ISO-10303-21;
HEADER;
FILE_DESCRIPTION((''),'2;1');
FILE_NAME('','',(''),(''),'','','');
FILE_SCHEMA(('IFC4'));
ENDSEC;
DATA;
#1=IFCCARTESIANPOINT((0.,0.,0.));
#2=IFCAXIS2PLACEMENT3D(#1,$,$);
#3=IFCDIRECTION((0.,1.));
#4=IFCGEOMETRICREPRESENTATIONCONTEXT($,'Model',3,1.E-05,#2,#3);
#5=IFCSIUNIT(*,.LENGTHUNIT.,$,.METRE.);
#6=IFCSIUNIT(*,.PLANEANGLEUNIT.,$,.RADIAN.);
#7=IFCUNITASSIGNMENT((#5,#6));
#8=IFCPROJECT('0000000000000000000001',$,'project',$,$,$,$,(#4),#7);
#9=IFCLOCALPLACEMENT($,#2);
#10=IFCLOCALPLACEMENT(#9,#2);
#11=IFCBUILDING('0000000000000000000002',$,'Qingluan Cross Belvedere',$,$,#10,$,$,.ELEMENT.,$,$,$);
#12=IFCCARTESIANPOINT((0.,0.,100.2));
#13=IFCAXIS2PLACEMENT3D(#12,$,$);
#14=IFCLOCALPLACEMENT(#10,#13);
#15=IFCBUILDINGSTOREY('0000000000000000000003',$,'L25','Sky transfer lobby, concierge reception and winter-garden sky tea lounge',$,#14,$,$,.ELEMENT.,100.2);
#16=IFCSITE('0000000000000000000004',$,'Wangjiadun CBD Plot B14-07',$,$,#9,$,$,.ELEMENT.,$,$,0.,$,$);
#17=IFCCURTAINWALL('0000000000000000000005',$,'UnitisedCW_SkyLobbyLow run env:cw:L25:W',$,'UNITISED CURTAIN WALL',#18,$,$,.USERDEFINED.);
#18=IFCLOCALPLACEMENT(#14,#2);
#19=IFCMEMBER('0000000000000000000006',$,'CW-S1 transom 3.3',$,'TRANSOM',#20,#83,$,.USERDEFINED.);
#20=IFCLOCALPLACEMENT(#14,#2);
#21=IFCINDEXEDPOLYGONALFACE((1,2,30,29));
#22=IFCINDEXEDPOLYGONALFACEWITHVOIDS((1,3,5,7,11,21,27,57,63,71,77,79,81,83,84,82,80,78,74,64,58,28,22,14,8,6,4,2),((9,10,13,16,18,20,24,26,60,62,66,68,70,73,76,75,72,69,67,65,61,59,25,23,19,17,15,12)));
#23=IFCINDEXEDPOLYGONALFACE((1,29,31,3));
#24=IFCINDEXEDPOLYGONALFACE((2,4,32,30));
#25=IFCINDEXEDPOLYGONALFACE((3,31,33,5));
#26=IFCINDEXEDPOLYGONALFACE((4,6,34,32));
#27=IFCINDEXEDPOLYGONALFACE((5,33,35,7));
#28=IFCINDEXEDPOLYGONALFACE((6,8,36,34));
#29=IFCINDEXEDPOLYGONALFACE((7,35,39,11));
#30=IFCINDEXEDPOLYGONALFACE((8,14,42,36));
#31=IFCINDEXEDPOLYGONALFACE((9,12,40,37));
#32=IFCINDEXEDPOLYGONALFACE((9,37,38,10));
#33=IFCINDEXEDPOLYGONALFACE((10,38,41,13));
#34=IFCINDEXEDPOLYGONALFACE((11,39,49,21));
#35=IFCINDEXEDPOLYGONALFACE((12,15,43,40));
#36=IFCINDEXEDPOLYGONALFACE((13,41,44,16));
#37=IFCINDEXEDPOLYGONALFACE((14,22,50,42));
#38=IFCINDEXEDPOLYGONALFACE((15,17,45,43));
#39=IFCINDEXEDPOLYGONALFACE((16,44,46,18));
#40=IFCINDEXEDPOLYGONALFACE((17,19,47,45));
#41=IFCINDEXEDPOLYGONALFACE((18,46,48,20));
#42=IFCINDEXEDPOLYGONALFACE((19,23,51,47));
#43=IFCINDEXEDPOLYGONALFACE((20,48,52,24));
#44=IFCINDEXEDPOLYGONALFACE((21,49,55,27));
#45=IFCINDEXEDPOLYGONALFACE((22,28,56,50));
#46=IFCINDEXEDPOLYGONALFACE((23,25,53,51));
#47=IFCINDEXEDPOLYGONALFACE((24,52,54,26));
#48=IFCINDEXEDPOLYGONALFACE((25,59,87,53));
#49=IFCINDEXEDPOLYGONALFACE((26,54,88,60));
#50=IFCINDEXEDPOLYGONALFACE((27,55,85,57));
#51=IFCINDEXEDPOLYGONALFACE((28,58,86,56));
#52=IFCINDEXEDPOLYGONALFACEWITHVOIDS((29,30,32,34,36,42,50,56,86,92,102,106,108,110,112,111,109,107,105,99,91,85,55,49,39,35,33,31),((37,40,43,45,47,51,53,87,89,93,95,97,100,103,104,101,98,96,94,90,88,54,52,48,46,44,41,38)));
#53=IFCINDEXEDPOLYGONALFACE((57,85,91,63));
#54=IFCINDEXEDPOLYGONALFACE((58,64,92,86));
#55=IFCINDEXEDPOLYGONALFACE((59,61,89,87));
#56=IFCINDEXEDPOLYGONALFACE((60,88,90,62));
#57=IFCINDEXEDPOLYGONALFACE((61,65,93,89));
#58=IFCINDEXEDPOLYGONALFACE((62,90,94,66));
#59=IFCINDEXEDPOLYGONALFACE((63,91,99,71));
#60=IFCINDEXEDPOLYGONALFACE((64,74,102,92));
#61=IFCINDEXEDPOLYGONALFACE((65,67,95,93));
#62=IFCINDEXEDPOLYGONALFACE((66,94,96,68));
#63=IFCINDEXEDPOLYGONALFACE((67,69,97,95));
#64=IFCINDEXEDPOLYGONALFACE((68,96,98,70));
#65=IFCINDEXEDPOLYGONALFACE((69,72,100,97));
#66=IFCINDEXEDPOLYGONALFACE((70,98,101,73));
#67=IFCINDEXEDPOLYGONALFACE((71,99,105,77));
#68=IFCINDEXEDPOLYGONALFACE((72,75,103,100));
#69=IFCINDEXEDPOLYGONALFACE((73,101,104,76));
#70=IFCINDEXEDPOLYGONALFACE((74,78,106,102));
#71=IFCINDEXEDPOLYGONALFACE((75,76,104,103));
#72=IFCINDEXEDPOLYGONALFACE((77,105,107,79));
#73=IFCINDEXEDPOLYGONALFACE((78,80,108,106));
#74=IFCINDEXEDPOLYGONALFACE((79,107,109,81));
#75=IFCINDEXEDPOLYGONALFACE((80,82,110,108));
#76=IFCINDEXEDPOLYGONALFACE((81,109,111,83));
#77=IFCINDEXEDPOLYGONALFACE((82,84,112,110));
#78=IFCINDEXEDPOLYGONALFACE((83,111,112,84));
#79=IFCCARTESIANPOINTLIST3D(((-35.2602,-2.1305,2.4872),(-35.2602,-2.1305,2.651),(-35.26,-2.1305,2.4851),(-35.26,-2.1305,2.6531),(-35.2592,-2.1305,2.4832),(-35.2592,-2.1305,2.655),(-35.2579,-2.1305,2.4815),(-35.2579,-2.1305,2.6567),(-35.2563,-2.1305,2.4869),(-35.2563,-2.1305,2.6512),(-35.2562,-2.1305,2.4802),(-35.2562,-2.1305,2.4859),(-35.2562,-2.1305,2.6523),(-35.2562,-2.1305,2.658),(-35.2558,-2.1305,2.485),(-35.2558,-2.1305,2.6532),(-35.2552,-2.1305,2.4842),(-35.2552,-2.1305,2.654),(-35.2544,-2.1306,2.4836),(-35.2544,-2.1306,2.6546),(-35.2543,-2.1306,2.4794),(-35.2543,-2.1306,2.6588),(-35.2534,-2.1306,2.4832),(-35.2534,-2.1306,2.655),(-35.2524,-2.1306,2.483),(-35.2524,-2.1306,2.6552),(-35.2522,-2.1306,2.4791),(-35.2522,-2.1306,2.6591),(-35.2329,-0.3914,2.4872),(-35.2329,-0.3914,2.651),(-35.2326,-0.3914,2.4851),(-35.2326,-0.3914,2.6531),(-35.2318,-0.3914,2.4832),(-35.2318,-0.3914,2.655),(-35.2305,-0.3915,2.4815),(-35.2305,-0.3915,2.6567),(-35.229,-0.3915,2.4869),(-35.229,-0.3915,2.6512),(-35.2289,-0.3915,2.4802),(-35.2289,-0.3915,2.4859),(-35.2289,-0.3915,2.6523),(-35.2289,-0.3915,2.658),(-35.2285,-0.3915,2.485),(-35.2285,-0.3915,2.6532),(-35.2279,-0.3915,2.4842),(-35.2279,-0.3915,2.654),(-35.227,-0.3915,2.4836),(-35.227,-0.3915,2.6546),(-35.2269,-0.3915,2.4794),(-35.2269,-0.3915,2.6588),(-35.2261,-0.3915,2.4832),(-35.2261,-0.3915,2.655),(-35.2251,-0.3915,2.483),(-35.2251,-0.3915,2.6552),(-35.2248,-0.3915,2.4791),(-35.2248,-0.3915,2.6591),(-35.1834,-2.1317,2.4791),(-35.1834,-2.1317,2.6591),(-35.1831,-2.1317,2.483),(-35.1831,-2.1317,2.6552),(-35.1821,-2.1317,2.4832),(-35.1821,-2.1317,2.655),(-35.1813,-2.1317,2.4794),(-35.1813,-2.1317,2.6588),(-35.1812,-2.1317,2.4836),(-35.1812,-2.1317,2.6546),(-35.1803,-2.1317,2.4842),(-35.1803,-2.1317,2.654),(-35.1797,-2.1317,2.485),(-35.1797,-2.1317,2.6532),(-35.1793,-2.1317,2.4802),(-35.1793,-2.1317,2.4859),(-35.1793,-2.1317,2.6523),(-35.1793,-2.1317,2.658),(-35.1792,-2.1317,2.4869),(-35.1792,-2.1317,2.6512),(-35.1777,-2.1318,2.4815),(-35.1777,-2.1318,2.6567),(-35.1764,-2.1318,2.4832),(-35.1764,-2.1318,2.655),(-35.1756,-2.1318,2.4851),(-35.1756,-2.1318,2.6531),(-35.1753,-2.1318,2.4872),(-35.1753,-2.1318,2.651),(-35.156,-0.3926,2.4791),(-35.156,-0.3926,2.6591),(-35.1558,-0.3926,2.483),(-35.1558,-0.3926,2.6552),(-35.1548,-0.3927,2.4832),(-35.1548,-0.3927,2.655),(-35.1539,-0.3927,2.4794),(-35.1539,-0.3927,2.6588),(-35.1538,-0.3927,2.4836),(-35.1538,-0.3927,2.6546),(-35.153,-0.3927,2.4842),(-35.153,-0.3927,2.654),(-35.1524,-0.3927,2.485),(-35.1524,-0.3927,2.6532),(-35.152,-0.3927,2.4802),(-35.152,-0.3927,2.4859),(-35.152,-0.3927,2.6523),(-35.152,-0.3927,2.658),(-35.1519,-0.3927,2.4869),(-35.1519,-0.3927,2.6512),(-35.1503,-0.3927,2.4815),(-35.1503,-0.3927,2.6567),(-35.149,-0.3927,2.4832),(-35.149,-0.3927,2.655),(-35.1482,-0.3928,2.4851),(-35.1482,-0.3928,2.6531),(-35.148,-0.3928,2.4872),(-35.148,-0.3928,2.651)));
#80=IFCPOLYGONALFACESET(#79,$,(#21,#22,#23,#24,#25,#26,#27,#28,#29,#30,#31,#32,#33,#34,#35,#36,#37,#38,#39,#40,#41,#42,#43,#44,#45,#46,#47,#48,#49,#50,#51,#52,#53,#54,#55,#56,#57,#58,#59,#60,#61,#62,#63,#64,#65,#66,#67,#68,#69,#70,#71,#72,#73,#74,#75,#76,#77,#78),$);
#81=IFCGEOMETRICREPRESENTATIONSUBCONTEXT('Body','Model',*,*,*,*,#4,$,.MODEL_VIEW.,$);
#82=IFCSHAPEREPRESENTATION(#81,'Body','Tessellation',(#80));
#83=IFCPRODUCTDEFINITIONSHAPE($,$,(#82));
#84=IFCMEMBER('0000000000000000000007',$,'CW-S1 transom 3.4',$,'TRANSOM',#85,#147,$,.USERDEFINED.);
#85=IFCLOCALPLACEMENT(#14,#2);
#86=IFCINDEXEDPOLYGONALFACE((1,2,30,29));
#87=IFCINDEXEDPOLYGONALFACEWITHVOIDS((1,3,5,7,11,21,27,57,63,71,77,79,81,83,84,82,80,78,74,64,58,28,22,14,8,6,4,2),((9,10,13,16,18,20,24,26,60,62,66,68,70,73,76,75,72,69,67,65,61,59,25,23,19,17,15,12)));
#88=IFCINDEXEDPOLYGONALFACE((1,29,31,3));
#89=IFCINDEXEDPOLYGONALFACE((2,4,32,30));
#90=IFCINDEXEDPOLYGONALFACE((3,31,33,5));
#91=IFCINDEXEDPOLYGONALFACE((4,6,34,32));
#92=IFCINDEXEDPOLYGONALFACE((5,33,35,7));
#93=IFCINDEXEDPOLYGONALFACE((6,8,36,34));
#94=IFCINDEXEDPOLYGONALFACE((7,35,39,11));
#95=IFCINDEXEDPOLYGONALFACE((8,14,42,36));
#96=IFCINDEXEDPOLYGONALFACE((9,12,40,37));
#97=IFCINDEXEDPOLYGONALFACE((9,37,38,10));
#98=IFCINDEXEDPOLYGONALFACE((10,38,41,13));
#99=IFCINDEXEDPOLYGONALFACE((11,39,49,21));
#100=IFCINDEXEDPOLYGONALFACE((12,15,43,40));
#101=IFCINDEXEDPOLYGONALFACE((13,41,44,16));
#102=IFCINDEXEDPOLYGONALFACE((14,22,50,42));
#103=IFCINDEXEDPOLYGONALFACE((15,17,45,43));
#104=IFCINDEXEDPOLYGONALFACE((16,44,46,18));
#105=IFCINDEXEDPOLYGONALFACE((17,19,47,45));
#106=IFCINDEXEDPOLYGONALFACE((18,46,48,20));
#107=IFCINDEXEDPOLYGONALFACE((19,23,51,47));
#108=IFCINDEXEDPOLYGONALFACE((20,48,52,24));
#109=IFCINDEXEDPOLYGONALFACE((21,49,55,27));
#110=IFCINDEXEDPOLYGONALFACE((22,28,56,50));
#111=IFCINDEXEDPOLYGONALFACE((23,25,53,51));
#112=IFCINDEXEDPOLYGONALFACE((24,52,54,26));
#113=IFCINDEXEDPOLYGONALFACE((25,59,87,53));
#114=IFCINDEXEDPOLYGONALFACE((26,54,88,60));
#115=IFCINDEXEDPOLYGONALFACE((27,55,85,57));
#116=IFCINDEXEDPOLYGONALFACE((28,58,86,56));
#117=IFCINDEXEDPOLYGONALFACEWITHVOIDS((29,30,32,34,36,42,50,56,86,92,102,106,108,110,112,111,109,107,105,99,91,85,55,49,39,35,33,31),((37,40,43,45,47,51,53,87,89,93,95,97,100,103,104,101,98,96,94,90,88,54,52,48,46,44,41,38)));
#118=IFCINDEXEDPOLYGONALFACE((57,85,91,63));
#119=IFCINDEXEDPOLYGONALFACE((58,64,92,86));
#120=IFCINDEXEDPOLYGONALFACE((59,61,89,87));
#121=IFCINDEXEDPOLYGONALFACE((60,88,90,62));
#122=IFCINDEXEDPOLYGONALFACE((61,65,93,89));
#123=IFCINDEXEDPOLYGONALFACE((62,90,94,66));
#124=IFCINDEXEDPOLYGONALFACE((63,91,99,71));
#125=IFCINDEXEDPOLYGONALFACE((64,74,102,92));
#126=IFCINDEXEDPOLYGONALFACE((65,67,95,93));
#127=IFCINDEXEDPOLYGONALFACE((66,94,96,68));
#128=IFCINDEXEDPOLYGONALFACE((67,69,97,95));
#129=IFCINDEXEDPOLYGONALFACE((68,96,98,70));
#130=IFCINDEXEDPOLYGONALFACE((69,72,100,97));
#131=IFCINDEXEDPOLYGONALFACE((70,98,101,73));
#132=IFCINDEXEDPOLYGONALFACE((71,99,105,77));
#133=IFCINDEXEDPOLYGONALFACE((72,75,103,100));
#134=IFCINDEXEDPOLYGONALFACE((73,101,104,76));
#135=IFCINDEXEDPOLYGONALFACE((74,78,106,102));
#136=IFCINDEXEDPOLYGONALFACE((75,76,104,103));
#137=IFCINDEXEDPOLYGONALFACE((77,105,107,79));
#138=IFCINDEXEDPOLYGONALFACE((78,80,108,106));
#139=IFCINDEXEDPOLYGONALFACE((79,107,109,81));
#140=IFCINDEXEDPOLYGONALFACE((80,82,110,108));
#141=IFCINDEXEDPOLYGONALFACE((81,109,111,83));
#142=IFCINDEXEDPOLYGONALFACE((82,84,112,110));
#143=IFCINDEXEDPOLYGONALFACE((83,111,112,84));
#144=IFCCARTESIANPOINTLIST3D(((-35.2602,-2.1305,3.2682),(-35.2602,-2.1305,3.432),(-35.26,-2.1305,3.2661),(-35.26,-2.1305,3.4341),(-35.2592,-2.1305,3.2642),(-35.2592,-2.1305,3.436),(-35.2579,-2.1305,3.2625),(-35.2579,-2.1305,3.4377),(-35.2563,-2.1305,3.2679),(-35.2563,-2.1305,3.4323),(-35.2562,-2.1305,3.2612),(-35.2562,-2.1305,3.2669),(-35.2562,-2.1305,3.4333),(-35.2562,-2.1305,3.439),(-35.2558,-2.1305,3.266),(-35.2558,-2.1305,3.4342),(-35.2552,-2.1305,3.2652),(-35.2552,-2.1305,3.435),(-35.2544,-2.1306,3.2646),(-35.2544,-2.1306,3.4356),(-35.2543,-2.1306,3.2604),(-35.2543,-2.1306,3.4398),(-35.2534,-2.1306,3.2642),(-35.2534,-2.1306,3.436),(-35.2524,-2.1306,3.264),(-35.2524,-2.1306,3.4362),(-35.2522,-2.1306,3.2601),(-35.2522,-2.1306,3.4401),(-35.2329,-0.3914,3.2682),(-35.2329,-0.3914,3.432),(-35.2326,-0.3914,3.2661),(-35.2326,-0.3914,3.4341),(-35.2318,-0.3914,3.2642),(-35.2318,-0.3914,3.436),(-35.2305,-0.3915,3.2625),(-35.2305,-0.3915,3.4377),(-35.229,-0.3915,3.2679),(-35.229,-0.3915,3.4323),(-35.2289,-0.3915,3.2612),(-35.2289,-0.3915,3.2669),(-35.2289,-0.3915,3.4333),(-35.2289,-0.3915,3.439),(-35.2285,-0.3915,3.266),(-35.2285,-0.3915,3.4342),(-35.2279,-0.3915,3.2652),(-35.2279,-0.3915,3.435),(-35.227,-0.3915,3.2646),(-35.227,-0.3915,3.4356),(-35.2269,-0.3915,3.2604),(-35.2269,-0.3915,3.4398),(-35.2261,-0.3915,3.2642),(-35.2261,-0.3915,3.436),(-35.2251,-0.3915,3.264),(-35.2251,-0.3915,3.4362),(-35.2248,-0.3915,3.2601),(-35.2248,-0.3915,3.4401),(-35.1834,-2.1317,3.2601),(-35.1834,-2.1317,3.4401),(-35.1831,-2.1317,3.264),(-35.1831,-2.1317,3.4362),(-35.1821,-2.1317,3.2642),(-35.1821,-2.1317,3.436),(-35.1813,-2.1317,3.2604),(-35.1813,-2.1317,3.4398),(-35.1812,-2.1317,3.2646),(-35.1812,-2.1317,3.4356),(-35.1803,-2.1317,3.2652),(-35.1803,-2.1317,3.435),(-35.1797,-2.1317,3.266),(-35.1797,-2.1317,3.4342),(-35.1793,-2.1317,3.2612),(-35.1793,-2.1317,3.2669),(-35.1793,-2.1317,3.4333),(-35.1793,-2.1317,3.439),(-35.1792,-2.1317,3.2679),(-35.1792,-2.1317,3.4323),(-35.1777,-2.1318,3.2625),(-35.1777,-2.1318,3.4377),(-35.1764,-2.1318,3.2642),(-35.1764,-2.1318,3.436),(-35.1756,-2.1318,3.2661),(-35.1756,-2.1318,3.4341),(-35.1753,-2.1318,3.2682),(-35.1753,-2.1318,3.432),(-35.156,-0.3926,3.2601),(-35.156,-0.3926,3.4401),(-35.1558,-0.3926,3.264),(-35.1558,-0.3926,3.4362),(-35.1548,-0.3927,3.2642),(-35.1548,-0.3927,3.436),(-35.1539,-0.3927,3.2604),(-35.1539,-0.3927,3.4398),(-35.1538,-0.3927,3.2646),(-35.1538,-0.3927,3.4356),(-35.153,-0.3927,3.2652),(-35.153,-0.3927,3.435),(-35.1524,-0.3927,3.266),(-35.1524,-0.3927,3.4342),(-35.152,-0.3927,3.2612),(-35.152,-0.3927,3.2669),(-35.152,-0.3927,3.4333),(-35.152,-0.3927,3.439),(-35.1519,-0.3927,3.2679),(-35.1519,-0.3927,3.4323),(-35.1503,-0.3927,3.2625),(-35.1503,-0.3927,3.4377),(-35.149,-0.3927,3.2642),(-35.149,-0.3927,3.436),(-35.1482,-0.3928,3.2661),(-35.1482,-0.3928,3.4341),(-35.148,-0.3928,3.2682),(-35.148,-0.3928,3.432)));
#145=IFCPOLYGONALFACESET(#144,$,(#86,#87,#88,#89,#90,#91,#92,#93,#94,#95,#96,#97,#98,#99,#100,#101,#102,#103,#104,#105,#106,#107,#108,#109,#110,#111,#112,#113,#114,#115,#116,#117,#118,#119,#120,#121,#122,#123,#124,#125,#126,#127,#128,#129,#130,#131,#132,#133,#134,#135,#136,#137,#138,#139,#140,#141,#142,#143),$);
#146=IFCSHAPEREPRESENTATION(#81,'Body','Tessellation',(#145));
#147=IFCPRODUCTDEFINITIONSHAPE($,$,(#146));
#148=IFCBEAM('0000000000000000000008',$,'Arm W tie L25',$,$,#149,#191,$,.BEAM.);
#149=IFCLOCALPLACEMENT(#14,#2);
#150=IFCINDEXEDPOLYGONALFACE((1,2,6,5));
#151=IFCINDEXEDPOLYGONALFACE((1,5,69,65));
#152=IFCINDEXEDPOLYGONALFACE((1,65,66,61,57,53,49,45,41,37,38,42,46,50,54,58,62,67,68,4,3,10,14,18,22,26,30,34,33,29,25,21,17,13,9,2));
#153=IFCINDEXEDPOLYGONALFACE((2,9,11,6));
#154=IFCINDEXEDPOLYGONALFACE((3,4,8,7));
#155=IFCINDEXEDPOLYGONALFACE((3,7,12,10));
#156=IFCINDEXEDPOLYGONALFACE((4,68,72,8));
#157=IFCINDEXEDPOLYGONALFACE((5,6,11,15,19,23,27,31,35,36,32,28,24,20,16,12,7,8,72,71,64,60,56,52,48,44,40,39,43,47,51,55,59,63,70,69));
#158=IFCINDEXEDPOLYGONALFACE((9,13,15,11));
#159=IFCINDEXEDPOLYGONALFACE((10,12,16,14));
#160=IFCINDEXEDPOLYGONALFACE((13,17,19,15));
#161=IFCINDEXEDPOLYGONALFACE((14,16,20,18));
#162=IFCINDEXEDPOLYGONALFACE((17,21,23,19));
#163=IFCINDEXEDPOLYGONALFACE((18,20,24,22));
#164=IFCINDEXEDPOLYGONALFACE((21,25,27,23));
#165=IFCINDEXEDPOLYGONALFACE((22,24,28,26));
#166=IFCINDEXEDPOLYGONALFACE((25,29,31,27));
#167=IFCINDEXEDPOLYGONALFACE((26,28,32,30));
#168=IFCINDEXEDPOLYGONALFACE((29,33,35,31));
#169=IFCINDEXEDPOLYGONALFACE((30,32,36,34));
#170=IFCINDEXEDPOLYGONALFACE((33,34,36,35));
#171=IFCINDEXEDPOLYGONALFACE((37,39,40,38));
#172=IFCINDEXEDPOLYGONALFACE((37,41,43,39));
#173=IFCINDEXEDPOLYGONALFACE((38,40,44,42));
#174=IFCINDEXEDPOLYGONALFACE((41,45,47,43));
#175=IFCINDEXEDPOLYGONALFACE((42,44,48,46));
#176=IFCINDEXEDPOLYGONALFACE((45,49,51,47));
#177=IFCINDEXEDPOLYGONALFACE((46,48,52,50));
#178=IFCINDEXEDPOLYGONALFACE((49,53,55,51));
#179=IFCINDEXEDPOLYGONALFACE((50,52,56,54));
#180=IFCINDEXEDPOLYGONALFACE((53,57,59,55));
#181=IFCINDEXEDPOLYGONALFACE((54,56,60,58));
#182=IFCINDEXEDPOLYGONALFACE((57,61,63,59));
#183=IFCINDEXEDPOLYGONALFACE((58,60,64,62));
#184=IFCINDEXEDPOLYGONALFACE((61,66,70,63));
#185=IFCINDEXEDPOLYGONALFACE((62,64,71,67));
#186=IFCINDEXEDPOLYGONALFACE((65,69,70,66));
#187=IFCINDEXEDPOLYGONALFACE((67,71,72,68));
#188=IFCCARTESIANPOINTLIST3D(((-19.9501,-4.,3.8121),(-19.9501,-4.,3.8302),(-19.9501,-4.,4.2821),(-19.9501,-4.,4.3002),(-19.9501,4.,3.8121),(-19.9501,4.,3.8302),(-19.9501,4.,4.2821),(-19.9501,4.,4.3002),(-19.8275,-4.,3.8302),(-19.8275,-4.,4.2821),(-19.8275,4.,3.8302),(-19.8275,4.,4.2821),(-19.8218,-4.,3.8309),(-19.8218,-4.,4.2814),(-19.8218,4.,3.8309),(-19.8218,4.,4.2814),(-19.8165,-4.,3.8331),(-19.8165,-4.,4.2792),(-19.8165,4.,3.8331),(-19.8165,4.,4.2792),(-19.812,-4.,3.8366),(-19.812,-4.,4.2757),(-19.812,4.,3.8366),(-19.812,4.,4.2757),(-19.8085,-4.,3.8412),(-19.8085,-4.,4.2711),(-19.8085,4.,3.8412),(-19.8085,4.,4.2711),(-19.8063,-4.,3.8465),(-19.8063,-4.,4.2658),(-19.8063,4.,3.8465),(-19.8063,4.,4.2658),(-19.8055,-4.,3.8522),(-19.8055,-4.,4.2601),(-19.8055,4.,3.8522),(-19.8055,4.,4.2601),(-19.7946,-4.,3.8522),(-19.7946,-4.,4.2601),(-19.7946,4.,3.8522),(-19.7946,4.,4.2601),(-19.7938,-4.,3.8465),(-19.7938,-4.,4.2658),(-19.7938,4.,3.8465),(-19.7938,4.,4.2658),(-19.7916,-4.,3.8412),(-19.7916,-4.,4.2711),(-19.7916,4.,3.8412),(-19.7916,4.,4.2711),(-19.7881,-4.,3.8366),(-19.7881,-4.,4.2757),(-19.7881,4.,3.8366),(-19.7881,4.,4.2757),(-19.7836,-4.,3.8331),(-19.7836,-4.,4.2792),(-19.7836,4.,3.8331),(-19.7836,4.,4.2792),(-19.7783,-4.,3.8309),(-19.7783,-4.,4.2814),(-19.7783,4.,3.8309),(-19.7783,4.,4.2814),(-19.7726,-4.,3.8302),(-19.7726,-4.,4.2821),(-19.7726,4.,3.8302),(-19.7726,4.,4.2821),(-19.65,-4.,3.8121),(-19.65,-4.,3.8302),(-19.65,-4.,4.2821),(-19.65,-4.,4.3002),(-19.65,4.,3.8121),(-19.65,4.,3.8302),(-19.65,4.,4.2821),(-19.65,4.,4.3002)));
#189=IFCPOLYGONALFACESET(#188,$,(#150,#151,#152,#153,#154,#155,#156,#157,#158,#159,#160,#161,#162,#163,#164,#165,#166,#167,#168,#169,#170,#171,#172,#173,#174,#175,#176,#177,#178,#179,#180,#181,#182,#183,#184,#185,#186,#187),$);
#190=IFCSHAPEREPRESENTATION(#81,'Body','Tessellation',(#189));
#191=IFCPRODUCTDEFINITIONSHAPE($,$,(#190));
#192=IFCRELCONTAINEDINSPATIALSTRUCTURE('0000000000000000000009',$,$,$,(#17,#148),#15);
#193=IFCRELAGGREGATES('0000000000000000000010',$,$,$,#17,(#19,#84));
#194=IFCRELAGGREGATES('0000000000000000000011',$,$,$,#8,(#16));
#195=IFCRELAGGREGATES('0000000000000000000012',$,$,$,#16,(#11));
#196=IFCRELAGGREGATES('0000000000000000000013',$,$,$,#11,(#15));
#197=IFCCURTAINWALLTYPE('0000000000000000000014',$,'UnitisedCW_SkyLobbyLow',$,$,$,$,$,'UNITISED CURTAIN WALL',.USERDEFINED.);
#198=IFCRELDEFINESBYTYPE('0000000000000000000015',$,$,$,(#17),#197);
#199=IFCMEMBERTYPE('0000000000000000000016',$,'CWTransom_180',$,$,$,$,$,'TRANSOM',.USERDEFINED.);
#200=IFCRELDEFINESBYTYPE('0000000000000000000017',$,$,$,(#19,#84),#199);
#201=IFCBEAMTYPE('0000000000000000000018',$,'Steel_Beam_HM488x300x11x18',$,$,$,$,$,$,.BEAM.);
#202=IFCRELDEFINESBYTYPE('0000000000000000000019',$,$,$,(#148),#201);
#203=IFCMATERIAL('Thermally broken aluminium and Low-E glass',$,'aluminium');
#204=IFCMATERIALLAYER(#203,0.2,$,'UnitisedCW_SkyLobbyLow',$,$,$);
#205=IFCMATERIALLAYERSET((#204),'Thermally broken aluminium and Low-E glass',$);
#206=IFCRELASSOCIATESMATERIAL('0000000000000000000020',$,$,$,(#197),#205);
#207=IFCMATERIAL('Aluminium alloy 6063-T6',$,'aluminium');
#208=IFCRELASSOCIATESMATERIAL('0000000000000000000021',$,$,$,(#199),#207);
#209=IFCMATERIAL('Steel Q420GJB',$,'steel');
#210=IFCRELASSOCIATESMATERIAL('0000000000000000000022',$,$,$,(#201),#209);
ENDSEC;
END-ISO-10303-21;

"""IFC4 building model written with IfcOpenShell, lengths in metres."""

from ifc_helpers import new_model, si_unit, direction, frame, origin, origin_2d, place, context, subcontext, project, spatial, hollow_rectangle, i_section, extrude, material, layer, layer_set, material_profile, profile_set, type_object, element, aggregate, save


model = new_model("IFC4")

# Units and contexts
model_context = context("Model", 3, precision=1e-05, world=origin(), true_north=direction((0.0, 1.0)))
body_context = subcontext(model_context, "Body", "Model", "MODEL_VIEW")
ifc_project = project(units=[si_unit("LENGTHUNIT", "METRE"), si_unit("PLANEANGLEUNIT", "RADIAN")], contexts=[model_context])

# Site, building, storey
site_placement = place(None, origin())
site = spatial("IfcSite", under=ifc_project, at=site_placement, Name="Wangjiadun CBD Plot B14-07", CompositionType="ELEMENT", RefElevation=0.0)
building_placement = place(site_placement, origin())
building = spatial("IfcBuilding", under=site, at=building_placement, Name="Qingluan Cross Belvedere", CompositionType="ELEMENT")
storey_placement = place(building_placement, frame((0.0, 0.0, 100.2)))
storey = spatial("IfcBuildingStorey", under=building, at=storey_placement, Name="L25", Description="Sky transfer lobby, concierge reception and winter-garden sky tea lounge", CompositionType="ELEMENT", Elevation=100.2)

# Curtain wall, members
ifc_material_1 = material(Name="Thermally broken aluminium and Low-E glass", Category="aluminium")
ifc_layer_1 = layer(ifc_material_1, 0.2, Name="UnitisedCW_SkyLobbyLow")
ifc_layer_set_1 = layer_set([ifc_layer_1], Name="Thermally broken aluminium and Low-E glass")
curtain_wall_type = type_object("IfcCurtainWallType", Name="UnitisedCW_SkyLobbyLow", ElementType="UNITISED CURTAIN WALL", PredefinedType="USERDEFINED", material=ifc_layer_set_1)
curtain_wall_placement = place(storey_placement, origin())
curtain_wall = element("IfcCurtainWall", 1, at=curtain_wall_placement, inside=storey, type_object=curtain_wall_type, Name="UnitisedCW_SkyLobbyLow run env:cw:L25:W", ObjectType="UNITISED CURTAIN WALL", PredefinedType="USERDEFINED")
ifc_material_2 = material(Name="Aluminium alloy 6063-T6", Category="aluminium")
ifc_material_profile_1 = material_profile(ifc_material_2, hollow_rectangle(XDim=0.085, YDim=0.1799, WallThickness=0.0039, InnerFilletRadius=0.0039, OuterFilletRadius=0.0081, at=origin_2d()), Name="CWT180x85x4")
ifc_profile_set_1 = profile_set([ifc_material_profile_1], Name="Aluminium alloy 6063-T6")
member_type_1 = type_object("IfcMemberType", Name="CWTransom_180", ElementType="TRANSOM", PredefinedType="USERDEFINED", material=ifc_profile_set_1)
member_1_placement = place(storey_placement, frame((-35.1904, -0.3921, 2.5691), z_axis=(-0.015722, -0.999876, 0.0), x_axis=(0.999876, -0.015722, 0.0)))
member_1 = element("IfcMember", 2, at=member_1_placement, type_object=member_type_1, Name="CW-S1 transom 3.3", ObjectType="TRANSOM", PredefinedType="USERDEFINED", context=body_context, shape_type="SweptSolid", body=[
    extrude(hollow_rectangle(XDim=0.085, YDim=0.1799, WallThickness=0.0039, InnerFilletRadius=0.0039, OuterFilletRadius=0.0081, at=origin_2d()), origin(), (0.0, 0.0, 1.0), 1.7393),
])
member_2_placement = place(storey_placement, frame((-35.1904, -0.3921, 3.3501), z_axis=(-0.015722, -0.999876, 0.0), x_axis=(0.999876, -0.015722, 0.0)))
member_2 = element("IfcMember", 3, at=member_2_placement, type_object=member_type_1, Name="CW-S1 transom 3.4", ObjectType="TRANSOM", PredefinedType="USERDEFINED", context=body_context, shape_type="SweptSolid", body=[
    extrude(hollow_rectangle(XDim=0.085, YDim=0.1799, WallThickness=0.0039, InnerFilletRadius=0.0039, OuterFilletRadius=0.0081, at=origin_2d()), origin(), (0.0, 0.0, 1.0), 1.7393),
])

# Beam
ifc_material_3 = material(Name="Steel Q420GJB", Category="steel")
ifc_material_profile_2 = material_profile(ifc_material_3, i_section(OverallWidth=0.3, OverallDepth=0.488, WebThickness=0.011, FlangeThickness=0.0181, FilletRadius=0.022, at=origin_2d()), Name="HM488x300x11x18")
ifc_profile_set_2 = profile_set([ifc_material_profile_2], Name="Steel Q420GJB")
beam_type_1 = type_object("IfcBeamType", Name="Steel_Beam_HM488x300x11x18", PredefinedType="BEAM", material=ifc_profile_set_2)
beam_1_placement = place(storey_placement, frame((-19.8, -4.0, 4.0562), z_axis=(0.0, 1.0, 0.0), x_axis=(-1.0, 0.0, 0.0)))
element("IfcBeam", 4, at=beam_1_placement, inside=storey, type_object=beam_type_1, Name="Arm W tie L25", PredefinedType="BEAM", context=body_context, shape_type="SweptSolid", body=[
    extrude(i_section(OverallWidth=0.3, OverallDepth=0.488, WebThickness=0.011, FlangeThickness=0.0181, FilletRadius=0.022, at=origin_2d()), origin(), (0.0, 0.0, 1.0), 8.0),
])

aggregate(curtain_wall, [member_1, member_2])

save(model, "model.ifc")
